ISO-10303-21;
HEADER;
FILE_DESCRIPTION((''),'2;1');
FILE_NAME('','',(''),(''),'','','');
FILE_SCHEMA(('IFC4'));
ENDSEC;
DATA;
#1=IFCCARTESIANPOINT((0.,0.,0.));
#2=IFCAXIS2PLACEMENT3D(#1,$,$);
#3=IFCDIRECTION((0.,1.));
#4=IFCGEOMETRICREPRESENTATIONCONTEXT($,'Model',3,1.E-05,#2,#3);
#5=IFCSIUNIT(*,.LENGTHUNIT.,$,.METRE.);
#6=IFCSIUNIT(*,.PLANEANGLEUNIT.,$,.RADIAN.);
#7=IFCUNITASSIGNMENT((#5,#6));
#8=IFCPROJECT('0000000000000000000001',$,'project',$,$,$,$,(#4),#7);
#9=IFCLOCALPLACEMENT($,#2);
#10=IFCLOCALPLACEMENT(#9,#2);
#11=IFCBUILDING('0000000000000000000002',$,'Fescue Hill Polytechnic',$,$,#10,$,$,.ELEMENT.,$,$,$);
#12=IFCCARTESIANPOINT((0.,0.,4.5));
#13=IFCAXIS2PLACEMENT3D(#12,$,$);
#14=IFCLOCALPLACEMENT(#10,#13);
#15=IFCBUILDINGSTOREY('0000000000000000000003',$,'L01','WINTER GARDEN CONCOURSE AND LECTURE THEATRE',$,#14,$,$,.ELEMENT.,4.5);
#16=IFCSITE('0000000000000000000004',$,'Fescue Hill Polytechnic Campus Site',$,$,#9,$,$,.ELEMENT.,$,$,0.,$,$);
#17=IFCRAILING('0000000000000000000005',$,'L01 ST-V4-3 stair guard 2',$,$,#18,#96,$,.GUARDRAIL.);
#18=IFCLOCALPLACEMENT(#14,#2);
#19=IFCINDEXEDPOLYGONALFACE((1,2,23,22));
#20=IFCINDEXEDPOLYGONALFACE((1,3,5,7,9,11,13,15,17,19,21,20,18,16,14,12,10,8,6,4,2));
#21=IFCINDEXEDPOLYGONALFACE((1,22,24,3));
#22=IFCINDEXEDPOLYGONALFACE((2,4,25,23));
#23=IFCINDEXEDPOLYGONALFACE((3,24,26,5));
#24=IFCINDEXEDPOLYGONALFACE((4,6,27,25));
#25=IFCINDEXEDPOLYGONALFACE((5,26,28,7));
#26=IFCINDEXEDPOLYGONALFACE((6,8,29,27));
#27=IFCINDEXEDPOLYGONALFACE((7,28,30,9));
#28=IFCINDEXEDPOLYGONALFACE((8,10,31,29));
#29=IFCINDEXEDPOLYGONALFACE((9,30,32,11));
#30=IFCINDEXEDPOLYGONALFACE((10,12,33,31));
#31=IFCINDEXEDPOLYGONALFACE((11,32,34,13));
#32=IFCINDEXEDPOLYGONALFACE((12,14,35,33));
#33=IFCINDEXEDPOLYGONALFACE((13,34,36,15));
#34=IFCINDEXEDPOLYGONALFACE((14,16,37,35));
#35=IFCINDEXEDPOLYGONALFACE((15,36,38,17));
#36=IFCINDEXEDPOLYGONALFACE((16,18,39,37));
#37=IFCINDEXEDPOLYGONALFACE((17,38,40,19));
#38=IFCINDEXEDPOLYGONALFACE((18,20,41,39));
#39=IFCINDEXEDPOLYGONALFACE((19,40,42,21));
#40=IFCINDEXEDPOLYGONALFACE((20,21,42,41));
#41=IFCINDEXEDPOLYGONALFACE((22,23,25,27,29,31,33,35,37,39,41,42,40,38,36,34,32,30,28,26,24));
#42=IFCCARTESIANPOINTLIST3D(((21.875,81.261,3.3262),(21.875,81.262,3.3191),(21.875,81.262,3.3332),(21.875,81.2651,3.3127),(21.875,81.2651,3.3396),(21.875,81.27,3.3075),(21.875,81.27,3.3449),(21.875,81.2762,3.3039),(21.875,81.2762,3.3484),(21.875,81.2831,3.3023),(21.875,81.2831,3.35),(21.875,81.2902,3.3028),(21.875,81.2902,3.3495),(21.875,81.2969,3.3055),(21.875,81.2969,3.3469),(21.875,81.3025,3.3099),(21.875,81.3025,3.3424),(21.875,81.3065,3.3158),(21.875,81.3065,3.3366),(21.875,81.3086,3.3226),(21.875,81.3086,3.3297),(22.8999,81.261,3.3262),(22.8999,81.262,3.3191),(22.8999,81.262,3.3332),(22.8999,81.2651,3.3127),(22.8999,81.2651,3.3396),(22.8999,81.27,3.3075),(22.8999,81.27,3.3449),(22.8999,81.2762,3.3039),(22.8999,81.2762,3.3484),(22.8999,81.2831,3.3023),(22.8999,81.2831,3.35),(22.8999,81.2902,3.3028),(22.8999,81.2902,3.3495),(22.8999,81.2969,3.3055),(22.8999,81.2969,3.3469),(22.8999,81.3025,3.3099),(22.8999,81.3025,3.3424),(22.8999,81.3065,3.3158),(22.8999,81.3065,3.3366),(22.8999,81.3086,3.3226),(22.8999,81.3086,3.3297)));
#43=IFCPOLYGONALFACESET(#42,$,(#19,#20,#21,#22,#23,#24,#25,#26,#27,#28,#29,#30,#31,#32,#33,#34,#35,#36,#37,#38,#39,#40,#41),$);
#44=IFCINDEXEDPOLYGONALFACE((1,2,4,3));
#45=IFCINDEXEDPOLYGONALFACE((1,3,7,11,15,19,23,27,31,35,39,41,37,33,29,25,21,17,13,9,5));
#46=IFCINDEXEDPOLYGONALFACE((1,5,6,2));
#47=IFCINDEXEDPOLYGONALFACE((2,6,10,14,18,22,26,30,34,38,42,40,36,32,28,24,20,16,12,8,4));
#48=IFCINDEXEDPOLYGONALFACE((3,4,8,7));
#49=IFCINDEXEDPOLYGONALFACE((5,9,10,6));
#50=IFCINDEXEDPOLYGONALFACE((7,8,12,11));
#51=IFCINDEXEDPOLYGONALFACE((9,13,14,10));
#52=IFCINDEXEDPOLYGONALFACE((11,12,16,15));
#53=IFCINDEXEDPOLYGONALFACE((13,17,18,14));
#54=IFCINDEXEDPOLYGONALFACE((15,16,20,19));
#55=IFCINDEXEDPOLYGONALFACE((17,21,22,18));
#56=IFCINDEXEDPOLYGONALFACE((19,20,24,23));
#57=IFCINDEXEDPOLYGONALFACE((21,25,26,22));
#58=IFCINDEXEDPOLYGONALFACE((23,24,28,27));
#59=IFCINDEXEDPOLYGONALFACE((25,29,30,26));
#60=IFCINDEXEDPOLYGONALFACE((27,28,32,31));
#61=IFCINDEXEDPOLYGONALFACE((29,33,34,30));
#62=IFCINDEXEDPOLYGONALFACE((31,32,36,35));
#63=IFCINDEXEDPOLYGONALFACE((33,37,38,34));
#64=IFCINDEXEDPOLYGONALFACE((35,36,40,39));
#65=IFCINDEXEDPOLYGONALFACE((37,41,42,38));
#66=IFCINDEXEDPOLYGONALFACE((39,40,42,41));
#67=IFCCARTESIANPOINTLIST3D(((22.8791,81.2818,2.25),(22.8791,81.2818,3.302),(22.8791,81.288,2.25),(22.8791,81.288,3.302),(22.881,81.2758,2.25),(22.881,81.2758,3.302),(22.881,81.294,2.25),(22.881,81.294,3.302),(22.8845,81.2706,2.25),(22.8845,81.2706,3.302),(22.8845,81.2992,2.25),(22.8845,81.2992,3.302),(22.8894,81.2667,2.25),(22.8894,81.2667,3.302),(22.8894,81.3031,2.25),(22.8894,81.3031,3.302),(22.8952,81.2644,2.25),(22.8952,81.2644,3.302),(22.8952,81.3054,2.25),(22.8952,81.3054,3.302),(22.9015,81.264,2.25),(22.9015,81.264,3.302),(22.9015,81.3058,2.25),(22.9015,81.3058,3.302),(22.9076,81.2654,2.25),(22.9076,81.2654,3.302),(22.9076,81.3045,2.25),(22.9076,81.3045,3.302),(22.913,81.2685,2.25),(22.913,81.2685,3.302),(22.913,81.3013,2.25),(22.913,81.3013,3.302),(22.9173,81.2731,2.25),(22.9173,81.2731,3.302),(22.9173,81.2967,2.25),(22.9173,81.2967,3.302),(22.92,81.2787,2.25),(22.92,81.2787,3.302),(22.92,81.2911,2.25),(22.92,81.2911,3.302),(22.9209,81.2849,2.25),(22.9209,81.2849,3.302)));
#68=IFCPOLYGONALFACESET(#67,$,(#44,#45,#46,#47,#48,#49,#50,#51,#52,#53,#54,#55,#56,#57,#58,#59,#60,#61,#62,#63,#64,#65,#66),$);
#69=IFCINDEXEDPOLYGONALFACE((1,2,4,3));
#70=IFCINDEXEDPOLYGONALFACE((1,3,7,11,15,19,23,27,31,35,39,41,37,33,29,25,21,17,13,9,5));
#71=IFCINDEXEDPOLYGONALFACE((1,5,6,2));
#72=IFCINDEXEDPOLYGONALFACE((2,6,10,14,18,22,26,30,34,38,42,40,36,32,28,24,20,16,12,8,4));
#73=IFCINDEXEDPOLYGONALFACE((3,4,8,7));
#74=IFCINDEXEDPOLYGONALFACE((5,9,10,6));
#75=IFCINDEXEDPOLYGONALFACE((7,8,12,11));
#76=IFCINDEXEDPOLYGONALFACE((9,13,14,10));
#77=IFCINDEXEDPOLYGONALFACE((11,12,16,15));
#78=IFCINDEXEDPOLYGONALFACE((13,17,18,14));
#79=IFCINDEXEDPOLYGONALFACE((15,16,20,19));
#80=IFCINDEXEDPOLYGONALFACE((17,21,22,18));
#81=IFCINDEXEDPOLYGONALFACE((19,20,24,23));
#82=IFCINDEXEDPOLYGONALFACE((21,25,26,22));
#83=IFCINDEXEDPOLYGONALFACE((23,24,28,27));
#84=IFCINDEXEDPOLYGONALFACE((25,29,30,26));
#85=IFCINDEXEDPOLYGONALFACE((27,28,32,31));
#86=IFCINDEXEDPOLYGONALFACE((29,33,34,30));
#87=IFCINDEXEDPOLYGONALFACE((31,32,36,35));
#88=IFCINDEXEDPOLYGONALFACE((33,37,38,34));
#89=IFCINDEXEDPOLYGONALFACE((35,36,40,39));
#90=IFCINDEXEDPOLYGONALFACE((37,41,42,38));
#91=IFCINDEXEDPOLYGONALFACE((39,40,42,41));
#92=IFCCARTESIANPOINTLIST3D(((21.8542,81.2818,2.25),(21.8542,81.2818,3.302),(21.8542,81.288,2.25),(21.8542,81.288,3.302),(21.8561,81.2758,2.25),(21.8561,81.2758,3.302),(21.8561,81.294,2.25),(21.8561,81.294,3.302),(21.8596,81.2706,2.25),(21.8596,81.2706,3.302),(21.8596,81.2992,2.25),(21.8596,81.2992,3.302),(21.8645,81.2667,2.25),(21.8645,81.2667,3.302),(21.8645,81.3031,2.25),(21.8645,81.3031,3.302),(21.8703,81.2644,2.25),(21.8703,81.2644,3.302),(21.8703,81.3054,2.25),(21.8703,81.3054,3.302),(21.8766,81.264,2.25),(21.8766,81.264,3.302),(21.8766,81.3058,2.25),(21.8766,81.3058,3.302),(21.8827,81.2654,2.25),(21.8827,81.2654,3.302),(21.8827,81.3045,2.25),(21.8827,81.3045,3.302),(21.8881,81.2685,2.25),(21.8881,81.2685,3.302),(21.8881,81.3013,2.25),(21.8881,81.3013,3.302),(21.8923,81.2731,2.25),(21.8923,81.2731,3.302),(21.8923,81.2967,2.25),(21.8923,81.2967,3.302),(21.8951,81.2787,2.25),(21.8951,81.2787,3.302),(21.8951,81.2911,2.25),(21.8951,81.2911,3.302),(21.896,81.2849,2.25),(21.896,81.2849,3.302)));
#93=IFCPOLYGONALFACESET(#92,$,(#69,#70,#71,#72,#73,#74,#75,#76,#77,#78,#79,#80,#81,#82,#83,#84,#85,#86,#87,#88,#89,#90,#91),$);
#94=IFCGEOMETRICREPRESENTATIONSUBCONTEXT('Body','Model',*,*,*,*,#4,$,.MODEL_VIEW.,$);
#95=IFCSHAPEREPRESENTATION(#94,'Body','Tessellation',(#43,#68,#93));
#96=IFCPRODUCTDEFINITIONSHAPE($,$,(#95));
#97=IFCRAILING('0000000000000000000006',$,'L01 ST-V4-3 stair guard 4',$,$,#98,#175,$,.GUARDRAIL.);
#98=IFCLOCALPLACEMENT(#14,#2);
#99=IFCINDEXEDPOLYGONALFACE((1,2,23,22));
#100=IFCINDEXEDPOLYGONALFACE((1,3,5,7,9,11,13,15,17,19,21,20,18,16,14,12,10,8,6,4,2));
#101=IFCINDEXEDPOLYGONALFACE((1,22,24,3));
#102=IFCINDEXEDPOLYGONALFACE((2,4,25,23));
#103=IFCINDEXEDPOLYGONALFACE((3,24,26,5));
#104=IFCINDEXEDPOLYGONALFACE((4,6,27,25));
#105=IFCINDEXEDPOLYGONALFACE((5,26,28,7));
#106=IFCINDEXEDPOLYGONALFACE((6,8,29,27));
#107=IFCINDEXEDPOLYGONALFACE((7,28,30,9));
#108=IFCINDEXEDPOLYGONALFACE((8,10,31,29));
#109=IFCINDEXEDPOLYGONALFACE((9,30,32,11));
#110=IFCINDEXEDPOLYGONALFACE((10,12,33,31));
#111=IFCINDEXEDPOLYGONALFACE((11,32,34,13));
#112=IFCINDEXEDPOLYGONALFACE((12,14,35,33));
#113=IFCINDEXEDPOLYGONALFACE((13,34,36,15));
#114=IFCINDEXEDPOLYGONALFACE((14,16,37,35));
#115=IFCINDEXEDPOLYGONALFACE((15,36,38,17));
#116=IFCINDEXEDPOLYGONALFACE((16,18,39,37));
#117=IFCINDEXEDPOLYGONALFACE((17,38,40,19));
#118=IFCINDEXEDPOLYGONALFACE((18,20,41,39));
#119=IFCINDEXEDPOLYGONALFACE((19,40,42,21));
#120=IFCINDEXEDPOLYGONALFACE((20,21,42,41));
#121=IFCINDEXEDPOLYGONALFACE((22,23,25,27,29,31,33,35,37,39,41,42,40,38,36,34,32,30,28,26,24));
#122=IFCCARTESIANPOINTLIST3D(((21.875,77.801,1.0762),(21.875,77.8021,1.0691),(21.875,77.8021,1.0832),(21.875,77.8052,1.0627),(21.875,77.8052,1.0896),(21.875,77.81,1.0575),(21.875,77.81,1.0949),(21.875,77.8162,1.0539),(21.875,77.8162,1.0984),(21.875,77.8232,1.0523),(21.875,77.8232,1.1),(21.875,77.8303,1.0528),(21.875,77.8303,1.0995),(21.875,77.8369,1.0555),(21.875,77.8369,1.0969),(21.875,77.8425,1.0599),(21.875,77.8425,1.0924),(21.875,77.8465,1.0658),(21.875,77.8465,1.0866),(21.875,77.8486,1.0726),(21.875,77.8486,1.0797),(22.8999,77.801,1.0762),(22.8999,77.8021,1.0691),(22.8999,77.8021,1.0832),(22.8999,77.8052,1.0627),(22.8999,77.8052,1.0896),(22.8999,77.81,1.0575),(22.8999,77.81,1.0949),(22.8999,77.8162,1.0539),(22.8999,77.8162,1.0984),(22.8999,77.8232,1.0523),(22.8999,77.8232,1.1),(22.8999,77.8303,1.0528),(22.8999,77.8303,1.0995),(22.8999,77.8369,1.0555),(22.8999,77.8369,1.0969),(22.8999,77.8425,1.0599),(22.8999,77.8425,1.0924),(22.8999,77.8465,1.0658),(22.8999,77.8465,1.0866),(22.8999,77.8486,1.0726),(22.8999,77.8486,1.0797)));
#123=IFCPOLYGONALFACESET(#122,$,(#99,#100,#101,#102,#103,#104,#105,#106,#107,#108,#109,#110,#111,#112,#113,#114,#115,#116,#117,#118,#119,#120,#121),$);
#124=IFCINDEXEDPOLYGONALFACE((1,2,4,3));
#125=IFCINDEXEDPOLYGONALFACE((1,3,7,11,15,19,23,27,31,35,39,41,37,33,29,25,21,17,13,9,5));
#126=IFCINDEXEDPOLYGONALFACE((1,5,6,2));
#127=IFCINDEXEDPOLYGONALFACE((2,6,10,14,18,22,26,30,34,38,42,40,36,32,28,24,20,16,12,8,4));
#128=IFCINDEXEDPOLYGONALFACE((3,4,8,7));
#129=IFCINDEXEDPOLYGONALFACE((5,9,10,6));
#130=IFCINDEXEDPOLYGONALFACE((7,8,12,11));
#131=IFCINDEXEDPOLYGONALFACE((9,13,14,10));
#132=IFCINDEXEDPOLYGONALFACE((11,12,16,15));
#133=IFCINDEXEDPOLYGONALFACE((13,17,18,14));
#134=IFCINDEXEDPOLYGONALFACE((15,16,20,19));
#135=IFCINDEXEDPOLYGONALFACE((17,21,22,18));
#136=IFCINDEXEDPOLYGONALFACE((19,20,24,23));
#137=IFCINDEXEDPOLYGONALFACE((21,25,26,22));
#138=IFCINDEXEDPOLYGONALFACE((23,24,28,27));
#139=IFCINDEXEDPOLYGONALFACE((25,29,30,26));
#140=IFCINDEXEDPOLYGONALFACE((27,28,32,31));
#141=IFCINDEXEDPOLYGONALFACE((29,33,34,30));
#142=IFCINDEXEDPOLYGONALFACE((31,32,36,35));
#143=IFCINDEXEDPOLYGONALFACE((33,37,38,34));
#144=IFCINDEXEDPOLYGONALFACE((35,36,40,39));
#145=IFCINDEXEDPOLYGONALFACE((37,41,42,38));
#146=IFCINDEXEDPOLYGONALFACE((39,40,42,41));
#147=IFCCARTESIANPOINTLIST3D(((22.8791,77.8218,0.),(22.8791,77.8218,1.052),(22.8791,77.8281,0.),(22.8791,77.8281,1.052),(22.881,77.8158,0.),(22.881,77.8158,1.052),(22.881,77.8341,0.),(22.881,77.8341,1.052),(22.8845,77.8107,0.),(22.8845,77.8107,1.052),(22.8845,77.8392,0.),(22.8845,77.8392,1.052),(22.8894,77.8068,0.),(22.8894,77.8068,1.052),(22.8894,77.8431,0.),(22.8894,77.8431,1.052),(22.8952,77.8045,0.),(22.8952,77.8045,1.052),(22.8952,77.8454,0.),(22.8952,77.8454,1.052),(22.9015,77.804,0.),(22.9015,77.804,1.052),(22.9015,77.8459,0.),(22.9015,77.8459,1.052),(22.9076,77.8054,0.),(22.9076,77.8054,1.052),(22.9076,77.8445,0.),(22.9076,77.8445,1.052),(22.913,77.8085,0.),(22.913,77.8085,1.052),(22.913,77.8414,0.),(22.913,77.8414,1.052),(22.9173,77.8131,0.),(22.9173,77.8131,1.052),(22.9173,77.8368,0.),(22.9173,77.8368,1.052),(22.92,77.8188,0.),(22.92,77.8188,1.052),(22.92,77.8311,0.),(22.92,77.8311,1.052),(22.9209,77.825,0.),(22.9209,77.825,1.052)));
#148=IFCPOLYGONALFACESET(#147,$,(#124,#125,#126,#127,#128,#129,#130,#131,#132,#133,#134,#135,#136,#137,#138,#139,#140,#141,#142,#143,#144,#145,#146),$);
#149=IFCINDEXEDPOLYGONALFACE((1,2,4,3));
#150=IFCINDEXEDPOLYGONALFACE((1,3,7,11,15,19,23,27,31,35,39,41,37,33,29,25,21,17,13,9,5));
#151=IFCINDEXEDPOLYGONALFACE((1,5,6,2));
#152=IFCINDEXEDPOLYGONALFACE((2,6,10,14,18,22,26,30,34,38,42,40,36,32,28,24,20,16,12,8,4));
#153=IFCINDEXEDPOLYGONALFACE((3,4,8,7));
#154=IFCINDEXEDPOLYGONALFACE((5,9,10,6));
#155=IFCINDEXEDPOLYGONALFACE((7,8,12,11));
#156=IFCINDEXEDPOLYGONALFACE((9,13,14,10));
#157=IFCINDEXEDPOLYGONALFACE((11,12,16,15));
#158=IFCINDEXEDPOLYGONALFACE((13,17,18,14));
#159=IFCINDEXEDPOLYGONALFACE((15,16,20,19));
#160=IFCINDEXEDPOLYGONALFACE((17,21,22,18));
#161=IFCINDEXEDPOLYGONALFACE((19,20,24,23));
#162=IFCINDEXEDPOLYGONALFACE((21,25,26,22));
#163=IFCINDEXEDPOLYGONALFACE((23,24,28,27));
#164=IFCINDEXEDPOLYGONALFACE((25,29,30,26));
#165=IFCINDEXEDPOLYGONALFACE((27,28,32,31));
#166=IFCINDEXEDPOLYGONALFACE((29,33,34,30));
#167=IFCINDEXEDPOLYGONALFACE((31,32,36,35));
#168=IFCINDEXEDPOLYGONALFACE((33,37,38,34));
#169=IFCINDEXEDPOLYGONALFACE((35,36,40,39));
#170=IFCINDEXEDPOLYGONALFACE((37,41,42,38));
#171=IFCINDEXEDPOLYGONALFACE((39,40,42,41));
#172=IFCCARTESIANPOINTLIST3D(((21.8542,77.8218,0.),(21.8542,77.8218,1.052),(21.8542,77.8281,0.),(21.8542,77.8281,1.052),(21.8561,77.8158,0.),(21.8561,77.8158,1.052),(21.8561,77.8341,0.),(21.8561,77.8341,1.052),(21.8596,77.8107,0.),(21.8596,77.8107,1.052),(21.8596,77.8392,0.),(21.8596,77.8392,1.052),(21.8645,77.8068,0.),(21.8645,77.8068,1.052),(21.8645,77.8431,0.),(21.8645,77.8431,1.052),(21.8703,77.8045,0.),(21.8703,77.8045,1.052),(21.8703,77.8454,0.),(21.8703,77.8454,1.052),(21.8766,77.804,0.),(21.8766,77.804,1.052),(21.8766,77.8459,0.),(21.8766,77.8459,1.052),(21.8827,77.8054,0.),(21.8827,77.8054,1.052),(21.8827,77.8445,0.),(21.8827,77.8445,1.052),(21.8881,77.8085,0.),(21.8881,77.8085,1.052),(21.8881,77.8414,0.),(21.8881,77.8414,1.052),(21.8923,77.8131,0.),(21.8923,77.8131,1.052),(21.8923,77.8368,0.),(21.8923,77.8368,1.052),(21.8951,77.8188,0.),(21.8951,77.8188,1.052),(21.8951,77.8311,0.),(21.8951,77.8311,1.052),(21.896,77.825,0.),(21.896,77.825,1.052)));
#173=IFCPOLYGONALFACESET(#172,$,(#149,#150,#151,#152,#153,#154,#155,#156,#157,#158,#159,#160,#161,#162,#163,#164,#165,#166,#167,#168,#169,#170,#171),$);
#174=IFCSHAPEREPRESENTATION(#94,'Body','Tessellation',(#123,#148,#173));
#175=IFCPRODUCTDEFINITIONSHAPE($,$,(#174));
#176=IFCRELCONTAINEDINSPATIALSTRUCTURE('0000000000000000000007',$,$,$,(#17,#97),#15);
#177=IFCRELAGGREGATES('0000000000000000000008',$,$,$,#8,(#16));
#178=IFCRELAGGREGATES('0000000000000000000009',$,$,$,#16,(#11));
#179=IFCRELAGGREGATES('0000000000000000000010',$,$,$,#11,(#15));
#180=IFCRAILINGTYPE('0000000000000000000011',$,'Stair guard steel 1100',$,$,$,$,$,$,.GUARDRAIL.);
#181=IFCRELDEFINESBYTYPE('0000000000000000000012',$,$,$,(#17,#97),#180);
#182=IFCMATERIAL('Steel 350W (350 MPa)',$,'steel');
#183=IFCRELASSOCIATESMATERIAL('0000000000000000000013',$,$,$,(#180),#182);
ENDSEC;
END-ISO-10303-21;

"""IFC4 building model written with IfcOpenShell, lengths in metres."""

from ifc_helpers import new_model, si_unit, direction, frame, origin, origin_2d, place, context, subcontext, project, spatial, circle, extrude, material, type_object, element, save


model = new_model("IFC4")

# Units and contexts
model_context = context("Model", 3, precision=1e-05, world=origin(), true_north=direction((0.0, 1.0)))
body_context = subcontext(model_context, "Body", "Model", "MODEL_VIEW")
ifc_project = project(units=[si_unit("LENGTHUNIT", "METRE"), si_unit("PLANEANGLEUNIT", "RADIAN")], contexts=[model_context])

# Site, building, storey
site_placement = place(None, origin())
site = spatial("IfcSite", under=ifc_project, at=site_placement, Name="Fescue Hill Polytechnic Campus Site", CompositionType="ELEMENT", RefElevation=0.0)
building_placement = place(site_placement, origin())
building = spatial("IfcBuilding", under=site, at=building_placement, Name="Fescue Hill Polytechnic", CompositionType="ELEMENT")
storey_placement = place(building_placement, frame((0.0, 0.0, 4.5)))
storey = spatial("IfcBuildingStorey", under=building, at=storey_placement, Name="L01", Description="WINTER GARDEN CONCOURSE AND LECTURE THEATRE", CompositionType="ELEMENT", Elevation=4.5)

# Railings
ifc_material_1 = material(Name="Steel 350W (350 MPa)", Category="steel")
railing_type_1 = type_object("IfcRailingType", Name="Stair guard steel 1100", PredefinedType="GUARDRAIL", material=ifc_material_1)
for number, where, name in (
    (1, (22.8999, 81.2849, 2.25), "L01 ST-V4-3 stair guard 2"),
    (2, (22.8999, 77.825, 0.0), "L01 ST-V4-3 stair guard 4"),
):
    element("IfcRailing", number, at=place(storey_placement, frame(where)), inside=storey, type_object=railing_type_1, Name=name, PredefinedType="GUARDRAIL", context=body_context, shape_type="SweptSolid", body=[
        extrude(circle(Radius=0.0239, at=origin_2d()), frame((0.0, 0.0, 1.0762), z_axis=(-1.0, 0.0, 0.0), x_axis=(0.0, -1.0, 0.0)), (0.0, 0.0, 1.0), 1.0249),
        extrude(circle(Radius=0.021, at=origin_2d()), origin(), (0.0, 0.0, 1.0), 1.052),
        extrude(circle(Radius=0.021, at=origin_2d()), frame((-1.0249, 0.0, 0.0)), (0.0, 0.0, 1.0), 1.052),
    ])

save(model, "model.ifc")
